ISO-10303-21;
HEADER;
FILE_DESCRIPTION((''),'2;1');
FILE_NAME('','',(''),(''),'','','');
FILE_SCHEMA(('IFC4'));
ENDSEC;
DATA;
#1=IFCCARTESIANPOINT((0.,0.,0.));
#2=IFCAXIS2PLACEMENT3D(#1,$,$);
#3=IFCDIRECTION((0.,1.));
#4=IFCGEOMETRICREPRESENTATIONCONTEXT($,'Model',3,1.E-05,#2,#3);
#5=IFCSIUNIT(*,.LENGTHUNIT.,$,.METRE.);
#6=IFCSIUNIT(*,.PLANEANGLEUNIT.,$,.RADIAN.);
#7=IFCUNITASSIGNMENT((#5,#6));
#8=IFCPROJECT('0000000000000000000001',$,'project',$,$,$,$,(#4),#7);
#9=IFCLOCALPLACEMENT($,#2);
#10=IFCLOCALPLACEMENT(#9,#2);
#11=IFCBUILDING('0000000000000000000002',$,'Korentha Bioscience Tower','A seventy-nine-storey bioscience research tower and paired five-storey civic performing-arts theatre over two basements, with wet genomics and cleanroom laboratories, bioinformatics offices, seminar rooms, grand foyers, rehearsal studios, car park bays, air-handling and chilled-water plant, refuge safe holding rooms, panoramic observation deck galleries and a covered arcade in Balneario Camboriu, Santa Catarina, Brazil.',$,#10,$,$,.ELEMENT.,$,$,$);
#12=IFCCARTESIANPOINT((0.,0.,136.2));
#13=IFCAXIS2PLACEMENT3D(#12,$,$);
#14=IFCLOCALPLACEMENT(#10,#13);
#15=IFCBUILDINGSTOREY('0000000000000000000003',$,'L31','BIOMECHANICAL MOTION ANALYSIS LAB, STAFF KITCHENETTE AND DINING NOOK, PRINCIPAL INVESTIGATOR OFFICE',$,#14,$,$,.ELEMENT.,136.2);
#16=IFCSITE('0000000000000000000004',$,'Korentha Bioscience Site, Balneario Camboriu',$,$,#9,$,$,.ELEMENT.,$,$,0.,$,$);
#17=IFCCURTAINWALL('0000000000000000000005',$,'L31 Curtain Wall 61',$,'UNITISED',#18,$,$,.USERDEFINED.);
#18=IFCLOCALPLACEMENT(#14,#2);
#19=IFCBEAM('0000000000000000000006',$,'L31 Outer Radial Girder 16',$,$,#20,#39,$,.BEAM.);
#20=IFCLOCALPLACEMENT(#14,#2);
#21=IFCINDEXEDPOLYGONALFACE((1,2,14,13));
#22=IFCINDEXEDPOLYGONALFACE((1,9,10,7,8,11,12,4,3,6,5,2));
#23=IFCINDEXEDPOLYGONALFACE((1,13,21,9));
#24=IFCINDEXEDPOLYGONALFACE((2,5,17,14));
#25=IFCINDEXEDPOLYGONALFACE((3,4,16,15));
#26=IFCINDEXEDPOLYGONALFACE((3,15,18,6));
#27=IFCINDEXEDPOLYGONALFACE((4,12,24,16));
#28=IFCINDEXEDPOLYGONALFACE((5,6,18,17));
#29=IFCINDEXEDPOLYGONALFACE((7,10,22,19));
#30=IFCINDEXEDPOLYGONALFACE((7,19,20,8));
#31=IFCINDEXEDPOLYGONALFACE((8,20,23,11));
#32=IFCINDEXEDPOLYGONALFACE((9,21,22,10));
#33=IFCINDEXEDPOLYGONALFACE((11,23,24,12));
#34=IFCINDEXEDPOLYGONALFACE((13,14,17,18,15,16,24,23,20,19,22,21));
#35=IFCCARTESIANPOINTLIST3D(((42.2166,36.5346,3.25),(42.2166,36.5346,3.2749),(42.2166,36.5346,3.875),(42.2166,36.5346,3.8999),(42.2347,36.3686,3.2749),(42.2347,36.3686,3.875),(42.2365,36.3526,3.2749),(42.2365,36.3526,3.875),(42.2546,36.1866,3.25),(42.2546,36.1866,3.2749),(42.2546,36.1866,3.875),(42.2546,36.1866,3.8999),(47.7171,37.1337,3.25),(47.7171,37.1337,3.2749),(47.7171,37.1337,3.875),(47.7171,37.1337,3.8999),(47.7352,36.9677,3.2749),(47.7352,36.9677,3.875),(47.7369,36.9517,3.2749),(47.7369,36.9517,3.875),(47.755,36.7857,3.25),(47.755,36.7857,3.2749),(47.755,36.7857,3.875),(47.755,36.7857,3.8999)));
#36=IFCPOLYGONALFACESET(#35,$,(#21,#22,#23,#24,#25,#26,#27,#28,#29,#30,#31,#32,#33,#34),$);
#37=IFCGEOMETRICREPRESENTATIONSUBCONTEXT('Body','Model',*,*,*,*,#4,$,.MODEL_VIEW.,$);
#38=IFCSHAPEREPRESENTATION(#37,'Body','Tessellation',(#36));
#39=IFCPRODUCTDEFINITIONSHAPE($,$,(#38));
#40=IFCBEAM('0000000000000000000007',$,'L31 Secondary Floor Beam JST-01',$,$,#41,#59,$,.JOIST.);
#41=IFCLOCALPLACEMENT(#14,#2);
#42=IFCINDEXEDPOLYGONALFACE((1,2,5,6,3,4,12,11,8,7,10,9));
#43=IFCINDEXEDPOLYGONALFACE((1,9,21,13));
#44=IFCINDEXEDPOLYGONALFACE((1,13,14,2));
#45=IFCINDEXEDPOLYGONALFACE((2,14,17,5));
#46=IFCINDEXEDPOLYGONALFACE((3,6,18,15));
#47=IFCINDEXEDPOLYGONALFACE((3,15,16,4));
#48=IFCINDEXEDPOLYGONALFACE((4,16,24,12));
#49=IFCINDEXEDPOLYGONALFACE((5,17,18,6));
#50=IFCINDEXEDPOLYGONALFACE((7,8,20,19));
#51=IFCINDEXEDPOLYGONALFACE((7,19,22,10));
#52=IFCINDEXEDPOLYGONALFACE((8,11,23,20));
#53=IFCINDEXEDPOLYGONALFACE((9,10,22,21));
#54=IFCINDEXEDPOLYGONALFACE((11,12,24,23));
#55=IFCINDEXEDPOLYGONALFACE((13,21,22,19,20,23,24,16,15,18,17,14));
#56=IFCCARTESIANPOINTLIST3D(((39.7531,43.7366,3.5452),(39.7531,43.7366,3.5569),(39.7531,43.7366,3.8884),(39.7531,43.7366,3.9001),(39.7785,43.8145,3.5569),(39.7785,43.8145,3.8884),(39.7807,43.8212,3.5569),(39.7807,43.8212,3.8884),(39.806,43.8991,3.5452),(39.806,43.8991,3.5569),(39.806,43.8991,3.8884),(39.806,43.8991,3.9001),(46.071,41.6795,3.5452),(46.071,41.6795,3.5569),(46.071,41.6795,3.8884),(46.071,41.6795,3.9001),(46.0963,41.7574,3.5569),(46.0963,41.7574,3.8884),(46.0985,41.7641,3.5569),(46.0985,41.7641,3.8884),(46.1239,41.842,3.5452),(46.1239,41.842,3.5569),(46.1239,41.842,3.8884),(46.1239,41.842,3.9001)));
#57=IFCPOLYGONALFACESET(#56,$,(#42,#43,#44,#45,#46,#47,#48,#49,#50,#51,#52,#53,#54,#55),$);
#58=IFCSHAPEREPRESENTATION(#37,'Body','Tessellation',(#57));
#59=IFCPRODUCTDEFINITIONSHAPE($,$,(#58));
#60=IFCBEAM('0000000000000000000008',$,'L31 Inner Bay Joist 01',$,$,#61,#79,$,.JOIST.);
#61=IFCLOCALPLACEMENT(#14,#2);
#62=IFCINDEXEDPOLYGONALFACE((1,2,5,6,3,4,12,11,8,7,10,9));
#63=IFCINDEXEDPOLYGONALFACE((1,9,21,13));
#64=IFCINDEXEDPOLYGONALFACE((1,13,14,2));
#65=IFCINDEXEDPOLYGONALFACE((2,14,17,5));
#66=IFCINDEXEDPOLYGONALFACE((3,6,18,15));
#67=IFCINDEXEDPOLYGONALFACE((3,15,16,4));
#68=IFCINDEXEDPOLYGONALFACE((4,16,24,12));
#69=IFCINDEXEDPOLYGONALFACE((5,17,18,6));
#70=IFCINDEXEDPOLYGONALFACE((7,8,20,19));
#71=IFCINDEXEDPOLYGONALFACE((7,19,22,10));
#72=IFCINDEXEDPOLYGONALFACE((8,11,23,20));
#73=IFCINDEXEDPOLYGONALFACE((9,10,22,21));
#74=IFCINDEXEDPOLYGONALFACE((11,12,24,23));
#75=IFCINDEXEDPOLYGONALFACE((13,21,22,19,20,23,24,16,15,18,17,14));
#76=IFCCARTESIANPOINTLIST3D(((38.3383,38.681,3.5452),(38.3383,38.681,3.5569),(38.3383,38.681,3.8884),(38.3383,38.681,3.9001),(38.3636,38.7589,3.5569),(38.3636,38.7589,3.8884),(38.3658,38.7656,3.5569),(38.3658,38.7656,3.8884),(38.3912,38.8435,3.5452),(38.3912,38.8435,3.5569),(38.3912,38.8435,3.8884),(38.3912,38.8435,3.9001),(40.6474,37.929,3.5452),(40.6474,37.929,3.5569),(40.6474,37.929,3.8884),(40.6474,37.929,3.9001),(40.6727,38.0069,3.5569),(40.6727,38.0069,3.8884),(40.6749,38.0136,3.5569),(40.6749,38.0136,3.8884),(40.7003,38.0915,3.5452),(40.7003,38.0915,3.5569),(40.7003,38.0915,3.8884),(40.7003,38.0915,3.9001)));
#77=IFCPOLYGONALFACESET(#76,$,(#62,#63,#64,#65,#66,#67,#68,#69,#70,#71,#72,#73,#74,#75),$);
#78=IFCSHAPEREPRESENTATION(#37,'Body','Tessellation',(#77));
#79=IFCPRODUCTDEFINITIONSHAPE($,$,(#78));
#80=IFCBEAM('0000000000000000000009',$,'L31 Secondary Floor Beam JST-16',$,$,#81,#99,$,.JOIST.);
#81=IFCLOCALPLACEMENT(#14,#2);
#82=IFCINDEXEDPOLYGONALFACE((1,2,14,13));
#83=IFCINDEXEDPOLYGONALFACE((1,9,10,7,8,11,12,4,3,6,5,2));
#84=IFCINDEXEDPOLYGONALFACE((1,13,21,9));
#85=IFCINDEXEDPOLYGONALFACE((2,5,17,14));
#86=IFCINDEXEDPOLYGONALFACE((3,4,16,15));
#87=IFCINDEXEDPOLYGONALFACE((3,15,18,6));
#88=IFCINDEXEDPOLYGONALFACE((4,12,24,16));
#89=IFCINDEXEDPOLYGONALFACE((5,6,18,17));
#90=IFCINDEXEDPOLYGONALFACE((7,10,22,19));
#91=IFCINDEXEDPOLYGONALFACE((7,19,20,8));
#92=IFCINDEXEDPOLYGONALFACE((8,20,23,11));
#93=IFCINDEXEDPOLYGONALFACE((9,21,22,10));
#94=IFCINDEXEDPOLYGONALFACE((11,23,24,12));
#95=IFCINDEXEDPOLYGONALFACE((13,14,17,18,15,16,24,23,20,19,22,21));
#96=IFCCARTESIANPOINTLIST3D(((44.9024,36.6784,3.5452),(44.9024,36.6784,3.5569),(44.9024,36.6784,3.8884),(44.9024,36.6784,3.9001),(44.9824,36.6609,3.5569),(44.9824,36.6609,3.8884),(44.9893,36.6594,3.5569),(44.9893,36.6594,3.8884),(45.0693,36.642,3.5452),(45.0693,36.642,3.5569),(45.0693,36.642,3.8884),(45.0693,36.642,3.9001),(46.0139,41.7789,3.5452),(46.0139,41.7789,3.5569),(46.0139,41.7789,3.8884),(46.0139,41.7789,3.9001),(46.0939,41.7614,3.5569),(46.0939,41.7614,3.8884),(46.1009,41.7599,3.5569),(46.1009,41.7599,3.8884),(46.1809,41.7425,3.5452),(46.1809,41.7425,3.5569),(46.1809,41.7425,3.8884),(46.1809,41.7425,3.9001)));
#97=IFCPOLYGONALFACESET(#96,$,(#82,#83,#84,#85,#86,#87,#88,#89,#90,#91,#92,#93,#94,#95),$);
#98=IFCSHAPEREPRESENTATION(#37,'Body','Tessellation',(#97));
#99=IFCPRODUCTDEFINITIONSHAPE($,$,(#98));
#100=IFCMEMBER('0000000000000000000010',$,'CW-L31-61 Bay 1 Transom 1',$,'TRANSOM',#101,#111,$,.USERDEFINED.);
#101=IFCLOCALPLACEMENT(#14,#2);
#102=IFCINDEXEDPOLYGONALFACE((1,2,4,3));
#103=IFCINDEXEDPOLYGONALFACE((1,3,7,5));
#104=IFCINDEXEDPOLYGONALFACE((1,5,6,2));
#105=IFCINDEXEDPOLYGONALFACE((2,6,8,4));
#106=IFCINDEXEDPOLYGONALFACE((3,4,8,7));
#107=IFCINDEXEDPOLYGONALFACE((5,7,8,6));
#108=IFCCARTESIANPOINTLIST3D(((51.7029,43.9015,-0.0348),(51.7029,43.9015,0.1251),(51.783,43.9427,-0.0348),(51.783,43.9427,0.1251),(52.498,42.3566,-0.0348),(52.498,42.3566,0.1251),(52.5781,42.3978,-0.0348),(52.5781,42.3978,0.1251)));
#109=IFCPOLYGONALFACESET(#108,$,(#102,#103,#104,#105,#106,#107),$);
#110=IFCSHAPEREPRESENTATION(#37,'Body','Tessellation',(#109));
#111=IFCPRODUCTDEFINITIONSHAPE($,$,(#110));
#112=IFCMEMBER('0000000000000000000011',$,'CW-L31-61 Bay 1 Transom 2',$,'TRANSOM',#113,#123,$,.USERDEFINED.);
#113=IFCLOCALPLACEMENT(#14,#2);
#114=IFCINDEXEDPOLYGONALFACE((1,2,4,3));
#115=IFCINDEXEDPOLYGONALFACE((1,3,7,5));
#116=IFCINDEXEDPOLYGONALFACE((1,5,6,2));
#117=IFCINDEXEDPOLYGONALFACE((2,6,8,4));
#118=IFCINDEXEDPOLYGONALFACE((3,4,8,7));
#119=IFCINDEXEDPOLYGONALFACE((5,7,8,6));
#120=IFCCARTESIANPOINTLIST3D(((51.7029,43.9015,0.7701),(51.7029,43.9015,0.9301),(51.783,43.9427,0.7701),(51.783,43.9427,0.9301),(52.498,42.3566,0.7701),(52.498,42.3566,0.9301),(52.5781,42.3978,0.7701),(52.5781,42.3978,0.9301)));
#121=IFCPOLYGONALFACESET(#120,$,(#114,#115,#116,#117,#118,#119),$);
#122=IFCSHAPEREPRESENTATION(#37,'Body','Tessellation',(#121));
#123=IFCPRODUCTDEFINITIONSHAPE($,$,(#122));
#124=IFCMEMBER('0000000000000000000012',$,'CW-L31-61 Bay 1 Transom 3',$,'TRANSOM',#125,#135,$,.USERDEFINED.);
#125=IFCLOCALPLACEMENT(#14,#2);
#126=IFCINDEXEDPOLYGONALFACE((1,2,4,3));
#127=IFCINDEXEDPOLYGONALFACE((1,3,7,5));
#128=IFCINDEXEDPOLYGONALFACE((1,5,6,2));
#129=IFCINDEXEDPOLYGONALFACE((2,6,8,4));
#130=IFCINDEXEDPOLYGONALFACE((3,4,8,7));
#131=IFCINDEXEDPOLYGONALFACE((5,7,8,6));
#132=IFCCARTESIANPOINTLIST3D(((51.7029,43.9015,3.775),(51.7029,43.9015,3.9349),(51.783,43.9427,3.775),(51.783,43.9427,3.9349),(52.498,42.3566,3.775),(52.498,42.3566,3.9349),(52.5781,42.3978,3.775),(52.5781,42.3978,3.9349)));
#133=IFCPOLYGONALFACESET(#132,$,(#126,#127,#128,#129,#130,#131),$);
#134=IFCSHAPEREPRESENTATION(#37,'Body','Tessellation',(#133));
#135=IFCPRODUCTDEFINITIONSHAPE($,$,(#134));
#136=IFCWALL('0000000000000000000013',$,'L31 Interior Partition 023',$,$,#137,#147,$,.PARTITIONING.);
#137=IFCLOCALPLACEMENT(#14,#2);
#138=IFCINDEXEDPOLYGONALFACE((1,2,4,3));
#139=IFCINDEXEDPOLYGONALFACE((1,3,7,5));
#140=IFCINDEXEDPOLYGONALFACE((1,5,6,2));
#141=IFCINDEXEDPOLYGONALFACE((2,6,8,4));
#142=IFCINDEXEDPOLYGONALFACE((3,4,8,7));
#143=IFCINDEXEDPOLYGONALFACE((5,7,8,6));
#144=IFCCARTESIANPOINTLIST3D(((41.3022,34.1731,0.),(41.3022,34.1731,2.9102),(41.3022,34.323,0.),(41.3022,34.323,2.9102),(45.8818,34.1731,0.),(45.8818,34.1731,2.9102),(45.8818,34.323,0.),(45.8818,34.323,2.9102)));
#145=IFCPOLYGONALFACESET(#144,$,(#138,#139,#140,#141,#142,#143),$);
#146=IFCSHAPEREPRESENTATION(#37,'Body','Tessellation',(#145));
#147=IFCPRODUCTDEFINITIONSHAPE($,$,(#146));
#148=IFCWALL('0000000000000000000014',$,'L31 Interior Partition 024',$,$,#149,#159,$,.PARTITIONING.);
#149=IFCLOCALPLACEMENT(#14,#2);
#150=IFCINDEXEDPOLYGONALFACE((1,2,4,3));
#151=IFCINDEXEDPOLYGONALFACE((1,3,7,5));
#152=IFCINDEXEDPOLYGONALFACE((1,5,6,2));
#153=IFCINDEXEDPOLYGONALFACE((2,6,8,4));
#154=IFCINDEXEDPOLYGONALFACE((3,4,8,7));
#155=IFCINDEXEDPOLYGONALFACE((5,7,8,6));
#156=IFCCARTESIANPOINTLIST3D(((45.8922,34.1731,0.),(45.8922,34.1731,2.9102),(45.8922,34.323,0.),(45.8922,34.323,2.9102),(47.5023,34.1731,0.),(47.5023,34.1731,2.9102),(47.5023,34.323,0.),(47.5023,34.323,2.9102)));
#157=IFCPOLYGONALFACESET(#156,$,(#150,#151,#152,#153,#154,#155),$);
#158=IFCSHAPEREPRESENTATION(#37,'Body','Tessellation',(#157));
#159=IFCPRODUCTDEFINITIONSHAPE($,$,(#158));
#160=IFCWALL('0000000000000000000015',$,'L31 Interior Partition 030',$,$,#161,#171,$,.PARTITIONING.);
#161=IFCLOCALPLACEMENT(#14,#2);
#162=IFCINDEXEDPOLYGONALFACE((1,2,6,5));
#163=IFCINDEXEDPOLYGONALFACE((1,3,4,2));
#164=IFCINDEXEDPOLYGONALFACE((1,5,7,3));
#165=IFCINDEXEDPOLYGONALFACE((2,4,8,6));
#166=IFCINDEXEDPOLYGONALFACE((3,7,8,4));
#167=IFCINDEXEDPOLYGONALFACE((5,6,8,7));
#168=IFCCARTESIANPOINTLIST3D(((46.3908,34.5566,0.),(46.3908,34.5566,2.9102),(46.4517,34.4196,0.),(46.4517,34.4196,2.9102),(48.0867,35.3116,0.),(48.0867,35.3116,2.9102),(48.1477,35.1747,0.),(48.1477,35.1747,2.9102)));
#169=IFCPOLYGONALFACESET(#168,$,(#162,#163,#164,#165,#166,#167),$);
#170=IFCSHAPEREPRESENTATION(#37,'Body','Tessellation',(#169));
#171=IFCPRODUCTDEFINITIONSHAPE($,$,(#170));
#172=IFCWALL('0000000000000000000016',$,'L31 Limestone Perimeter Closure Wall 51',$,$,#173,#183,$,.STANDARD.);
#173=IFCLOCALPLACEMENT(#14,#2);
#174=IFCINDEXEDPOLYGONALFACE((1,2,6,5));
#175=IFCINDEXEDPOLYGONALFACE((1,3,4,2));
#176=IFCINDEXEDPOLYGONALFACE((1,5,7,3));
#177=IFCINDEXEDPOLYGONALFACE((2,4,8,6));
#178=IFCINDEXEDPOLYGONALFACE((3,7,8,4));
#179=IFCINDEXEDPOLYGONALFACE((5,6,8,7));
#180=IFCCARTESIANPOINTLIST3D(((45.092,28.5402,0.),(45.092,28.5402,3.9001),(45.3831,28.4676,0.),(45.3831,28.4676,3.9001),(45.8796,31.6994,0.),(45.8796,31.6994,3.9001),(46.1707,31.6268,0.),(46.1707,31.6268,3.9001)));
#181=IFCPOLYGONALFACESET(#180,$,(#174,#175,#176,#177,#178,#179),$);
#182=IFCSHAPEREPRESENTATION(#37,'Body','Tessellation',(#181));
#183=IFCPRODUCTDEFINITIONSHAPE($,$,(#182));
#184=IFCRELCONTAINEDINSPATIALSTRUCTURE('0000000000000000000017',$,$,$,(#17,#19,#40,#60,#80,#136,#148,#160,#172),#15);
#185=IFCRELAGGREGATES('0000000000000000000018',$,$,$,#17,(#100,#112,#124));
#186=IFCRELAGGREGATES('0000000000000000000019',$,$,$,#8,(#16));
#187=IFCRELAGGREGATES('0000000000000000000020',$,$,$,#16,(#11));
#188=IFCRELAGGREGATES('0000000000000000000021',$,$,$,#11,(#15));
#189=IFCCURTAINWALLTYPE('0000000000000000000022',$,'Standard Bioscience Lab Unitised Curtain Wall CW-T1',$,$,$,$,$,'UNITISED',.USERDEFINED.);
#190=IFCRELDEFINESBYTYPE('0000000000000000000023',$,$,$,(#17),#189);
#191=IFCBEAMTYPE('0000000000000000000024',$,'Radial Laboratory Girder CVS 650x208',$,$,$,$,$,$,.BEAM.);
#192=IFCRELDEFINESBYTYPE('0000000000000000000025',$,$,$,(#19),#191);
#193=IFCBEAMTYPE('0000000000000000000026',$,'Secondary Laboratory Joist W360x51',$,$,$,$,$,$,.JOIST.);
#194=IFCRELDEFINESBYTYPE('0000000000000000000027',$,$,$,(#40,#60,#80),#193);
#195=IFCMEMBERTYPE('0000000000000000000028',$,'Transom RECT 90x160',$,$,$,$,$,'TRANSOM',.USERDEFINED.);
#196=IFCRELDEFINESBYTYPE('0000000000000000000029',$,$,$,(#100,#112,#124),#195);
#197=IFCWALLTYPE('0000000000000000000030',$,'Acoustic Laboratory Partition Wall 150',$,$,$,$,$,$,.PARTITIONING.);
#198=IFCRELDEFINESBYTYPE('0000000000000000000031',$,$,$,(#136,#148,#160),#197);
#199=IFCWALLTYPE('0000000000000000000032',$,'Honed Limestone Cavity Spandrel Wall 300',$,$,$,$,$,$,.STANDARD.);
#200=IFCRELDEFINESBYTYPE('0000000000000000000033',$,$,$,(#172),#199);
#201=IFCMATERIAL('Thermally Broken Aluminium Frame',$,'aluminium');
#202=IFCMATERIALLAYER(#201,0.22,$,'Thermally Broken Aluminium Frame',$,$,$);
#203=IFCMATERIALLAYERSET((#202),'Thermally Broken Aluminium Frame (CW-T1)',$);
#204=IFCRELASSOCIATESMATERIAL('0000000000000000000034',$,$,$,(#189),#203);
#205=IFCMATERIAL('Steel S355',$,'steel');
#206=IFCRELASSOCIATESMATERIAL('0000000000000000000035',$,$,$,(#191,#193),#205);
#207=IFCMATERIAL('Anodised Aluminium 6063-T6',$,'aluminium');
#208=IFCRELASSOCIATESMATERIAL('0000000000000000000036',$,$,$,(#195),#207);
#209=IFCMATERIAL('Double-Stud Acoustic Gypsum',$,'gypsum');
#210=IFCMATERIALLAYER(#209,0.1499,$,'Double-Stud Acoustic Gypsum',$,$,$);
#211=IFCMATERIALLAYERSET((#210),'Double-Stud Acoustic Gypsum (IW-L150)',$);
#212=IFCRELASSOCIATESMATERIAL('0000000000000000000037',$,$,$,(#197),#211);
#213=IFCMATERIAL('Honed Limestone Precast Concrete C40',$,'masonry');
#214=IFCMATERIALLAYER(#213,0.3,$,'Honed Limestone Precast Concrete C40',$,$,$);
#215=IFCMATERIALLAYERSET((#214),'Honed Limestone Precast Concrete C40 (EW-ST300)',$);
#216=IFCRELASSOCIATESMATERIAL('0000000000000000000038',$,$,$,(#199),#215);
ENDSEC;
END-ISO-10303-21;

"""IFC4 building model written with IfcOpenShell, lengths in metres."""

from ifc_helpers import new_model, si_unit, direction, frame, frame_2d, origin, origin_2d, place, context, subcontext, project, spatial, rectangle, i_section, extrude, material, layer, layer_set, material_profile, profile_set, type_object, element, aggregate, save


model = new_model("IFC4")

# Units and contexts
model_context = context("Model", 3, precision=1e-05, world=origin(), true_north=direction((0.0, 1.0)))
body_context = subcontext(model_context, "Body", "Model", "MODEL_VIEW")
ifc_project = project(units=[si_unit("LENGTHUNIT", "METRE"), si_unit("PLANEANGLEUNIT", "RADIAN")], contexts=[model_context])

# Site, building, storey
site_placement = place(None, origin())
site = spatial("IfcSite", under=ifc_project, at=site_placement, Name="Korentha Bioscience Site, Balneario Camboriu", CompositionType="ELEMENT", RefElevation=0.0)
building_placement = place(site_placement, origin())
building = spatial("IfcBuilding", under=site, at=building_placement, Name="Korentha Bioscience Tower", Description="A seventy-nine-storey bioscience research tower and paired five-storey civic performing-arts theatre over two basements, with wet genomics and cleanroom laboratories, bioinformatics offices, seminar rooms, grand foyers, rehearsal studios, car park bays, air-handling and chilled-water plant, refuge safe holding rooms, panoramic observation deck galleries and a covered arcade in Balneario Camboriu, Santa Catarina, Brazil.", CompositionType="ELEMENT")
storey_placement = place(building_placement, frame((0.0, 0.0, 136.2)))
storey = spatial("IfcBuildingStorey", under=building, at=storey_placement, Name="L31", Description="BIOMECHANICAL MOTION ANALYSIS LAB, STAFF KITCHENETTE AND DINING NOOK, PRINCIPAL INVESTIGATOR OFFICE", CompositionType="ELEMENT", Elevation=136.2)

# Shared definitions
ifc_material_1 = material(Name="Steel S355", Category="steel")

# Curtain wall
ifc_material_2 = material(Name="Thermally Broken Aluminium Frame", Category="aluminium")
ifc_layer_1 = layer(ifc_material_2, 0.22, Name="Thermally Broken Aluminium Frame")
ifc_layer_set_1 = layer_set([ifc_layer_1], Name="Thermally Broken Aluminium Frame (CW-T1)")
curtain_wall_type = type_object("IfcCurtainWallType", Name="Standard Bioscience Lab Unitised Curtain Wall CW-T1", ElementType="UNITISED", PredefinedType="USERDEFINED", material=ifc_layer_set_1)
curtain_wall_placement = place(storey_placement, origin())
curtain_wall = element("IfcCurtainWall", 1, at=curtain_wall_placement, inside=storey, type_object=curtain_wall_type, Name="L31 Curtain Wall 61", ObjectType="UNITISED", PredefinedType="USERDEFINED")
ifc_material_3 = material(Name="Anodised Aluminium 6063-T6", Category="aluminium")

# Beams
ifc_material_profile_1 = material_profile(ifc_material_1, i_section(OverallWidth=0.3501, OverallDepth=0.6499, WebThickness=0.0161, FlangeThickness=0.0249, at=origin_2d()), Name="Steel S355")
ifc_profile_set_1 = profile_set([ifc_material_profile_1], Name="Steel S355 (RB-650)")
beam_type_1 = type_object("IfcBeamType", Name="Radial Laboratory Girder CVS 650x208", PredefinedType="BEAM", material=ifc_profile_set_1)
beam_1_placement = place(storey_placement, frame((42.2356, 36.3606, 3.575), z_axis=(0.99412, 0.108281, 0.0), x_axis=(-0.108281, 0.99412, 0.0)))
element("IfcBeam", 2, at=beam_1_placement, inside=storey, type_object=beam_type_1, Name="L31 Outer Radial Girder 16", PredefinedType="BEAM", context=body_context, shape_type="SweptSolid", body=[
    extrude(i_section(OverallWidth=0.3501, OverallDepth=0.6499, WebThickness=0.0161, FlangeThickness=0.0249, at=origin_2d()), origin(), (0.0, 0.0, 1.0), 5.533),
])
ifc_material_profile_2 = material_profile(ifc_material_1, i_section(OverallWidth=0.1709, OverallDepth=0.355, WebThickness=0.0071, FlangeThickness=0.0117, at=origin_2d()), Name="Steel S355")
ifc_profile_set_2 = profile_set([ifc_material_profile_2], Name="Steel S355 (JB-360)")
beam_type_2 = type_object("IfcBeamType", Name="Secondary Laboratory Joist W360x51", PredefinedType="JOIST", material=ifc_profile_set_2)
beam_2_placement = place(storey_placement, frame((46.0974, 41.7607, 3.7227), z_axis=(-0.950865, 0.309606, 0.0), x_axis=(-0.309606, -0.950865, 0.0)))
element("IfcBeam", 3, at=beam_2_placement, inside=storey, type_object=beam_type_2, Name="L31 Secondary Floor Beam JST-01", PredefinedType="JOIST", context=body_context, shape_type="SweptSolid", body=[
    extrude(i_section(OverallWidth=0.1709, OverallDepth=0.355, WebThickness=0.0071, FlangeThickness=0.0117, at=origin_2d()), origin(), (0.0, 0.0, 1.0), 6.6443),
])
beam_3_placement = place(storey_placement, frame((40.6738, 38.0103, 3.7227), z_axis=(-0.950852, 0.309645, 0.0), x_axis=(-0.309645, -0.950852, 0.0)))
element("IfcBeam", 4, at=beam_3_placement, inside=storey, type_object=beam_type_2, Name="L31 Inner Bay Joist 01", PredefinedType="JOIST", context=body_context, shape_type="SweptSolid", body=[
    extrude(i_section(OverallWidth=0.1709, OverallDepth=0.355, WebThickness=0.0071, FlangeThickness=0.0117, at=origin_2d()), origin(), (0.0, 0.0, 1.0), 2.4285),
])
beam_4_placement = place(storey_placement, frame((44.9858, 36.6602, 3.7227), z_axis=(0.212932, 0.977067, 0.0), x_axis=(-0.977067, 0.212932, 0.0)))
element("IfcBeam", 5, at=beam_4_placement, inside=storey, type_object=beam_type_2, Name="L31 Secondary Floor Beam JST-16", PredefinedType="JOIST", context=body_context, shape_type="SweptSolid", body=[
    extrude(i_section(OverallWidth=0.1709, OverallDepth=0.355, WebThickness=0.0071, FlangeThickness=0.0117, at=origin_2d()), origin(), (0.0, 0.0, 1.0), 5.2202),
])

# Members
ifc_material_profile_3 = material_profile(ifc_material_3, rectangle(XDim=0.0901, YDim=0.1599, at=origin_2d()), Name="Anodised Aluminium 6063-T6")
ifc_profile_set_3 = profile_set([ifc_material_profile_3], Name="Anodised Aluminium 6063-T6 (CW-TRN)")
member_type_1 = type_object("IfcMemberType", Name="Transom RECT 90x160", ElementType="TRANSOM", PredefinedType="USERDEFINED", material=ifc_profile_set_3)
member_1_placement = place(storey_placement, frame((52.5381, 42.3772, 0.0452), z_axis=(-0.457637, 0.889139, 0.0), x_axis=(-0.889139, -0.457637, 0.0)))
member_1 = element("IfcMember", 6, at=member_1_placement, type_object=member_type_1, Name="CW-L31-61 Bay 1 Transom 1", ObjectType="TRANSOM", PredefinedType="USERDEFINED", context=body_context, shape_type="SweptSolid", body=[
    extrude(rectangle(XDim=0.0901, YDim=0.1599, at=origin_2d()), origin(), (0.0, 0.0, 1.0), 1.7375),
])
member_2_placement = place(storey_placement, frame((52.5381, 42.3772, 0.8501), z_axis=(-0.457637, 0.889139, 0.0), x_axis=(-0.889139, -0.457637, 0.0)))
member_2 = element("IfcMember", 7, at=member_2_placement, type_object=member_type_1, Name="CW-L31-61 Bay 1 Transom 2", ObjectType="TRANSOM", PredefinedType="USERDEFINED", context=body_context, shape_type="SweptSolid", body=[
    extrude(rectangle(XDim=0.0901, YDim=0.1599, at=origin_2d()), origin(), (0.0, 0.0, 1.0), 1.7375),
])
member_3_placement = place(storey_placement, frame((52.5381, 42.3772, 3.855), z_axis=(-0.457637, 0.889139, 0.0), x_axis=(-0.889139, -0.457637, 0.0)))
member_3 = element("IfcMember", 8, at=member_3_placement, type_object=member_type_1, Name="CW-L31-61 Bay 1 Transom 3", ObjectType="TRANSOM", PredefinedType="USERDEFINED", context=body_context, shape_type="SweptSolid", body=[
    extrude(rectangle(XDim=0.0901, YDim=0.1599, at=origin_2d()), origin(), (0.0, 0.0, 1.0), 1.7375),
])
aggregate(curtain_wall, [member_1, member_2, member_3])

# Walls
ifc_material_4 = material(Name="Double-Stud Acoustic Gypsum", Category="gypsum")
ifc_layer_2 = layer(ifc_material_4, 0.1499, Name="Double-Stud Acoustic Gypsum")
ifc_layer_set_2 = layer_set([ifc_layer_2], Name="Double-Stud Acoustic Gypsum (IW-L150)")
wall_type_1 = type_object("IfcWallType", Name="Acoustic Laboratory Partition Wall 150", PredefinedType="PARTITIONING", material=ifc_layer_set_2)
wall_1_placement = place(storey_placement, frame((41.3022, 34.248, 0.0), z_axis=(0.0, 0.0, 1.0), x_axis=(1.0, 0.0, 0.0)))
element("IfcWall", 9, at=wall_1_placement, inside=storey, type_object=wall_type_1, Name="L31 Interior Partition 023", PredefinedType="PARTITIONING", context=body_context, shape_type="SweptSolid", body=[
    extrude(rectangle(XDim=4.5796, YDim=0.1499, at=frame_2d((2.2898, 0.0))), origin(), (0.0, 0.0, 1.0), 2.9102),
])
wall_2_placement = place(storey_placement, frame((45.8921, 34.248, 0.0), z_axis=(0.0, 0.0, 1.0), x_axis=(1.0, 0.0, 0.0)))
element("IfcWall", 10, at=wall_2_placement, inside=storey, type_object=wall_type_1, Name="L31 Interior Partition 024", PredefinedType="PARTITIONING", context=body_context, shape_type="SweptSolid", body=[
    extrude(rectangle(XDim=1.6101, YDim=0.1499, at=frame_2d((0.8052, 0.0))), origin(), (0.0, 0.0, 1.0), 2.9102),
])
wall_3_placement = place(storey_placement, frame((48.1172, 35.2432, 0.0), z_axis=(0.0, 0.0, 1.0), x_axis=(-0.913546, -0.406736, 0.0)))
element("IfcWall", 11, at=wall_3_placement, inside=storey, type_object=wall_type_1, Name="L31 Interior Partition 030", PredefinedType="PARTITIONING", context=body_context, shape_type="SweptSolid", body=[
    extrude(rectangle(XDim=1.8564, YDim=0.1499, at=frame_2d((0.9282, 0.0))), origin(), (0.0, 0.0, 1.0), 2.9102),
])
ifc_material_5 = material(Name="Honed Limestone Precast Concrete C40", Category="masonry")
ifc_layer_3 = layer(ifc_material_5, 0.3, Name="Honed Limestone Precast Concrete C40")
ifc_layer_set_3 = layer_set([ifc_layer_3], Name="Honed Limestone Precast Concrete C40 (EW-ST300)")
wall_type_2 = type_object("IfcWallType", Name="Honed Limestone Cavity Spandrel Wall 300", PredefinedType="STANDARD", material=ifc_layer_set_3)
wall_4_placement = place(storey_placement, frame((45.2375, 28.5039, 0.0), z_axis=(0.0, 0.0, 1.0), x_axis=(0.2419, 0.970301, 0.0)))
element("IfcWall", 12, at=wall_4_placement, inside=storey, type_object=wall_type_2, Name="L31 Limestone Perimeter Closure Wall 51", PredefinedType="STANDARD", context=body_context, shape_type="SweptSolid", body=[
    extrude(rectangle(XDim=3.2559, YDim=0.3, at=frame_2d((1.6279, 0.0))), origin(), (0.0, 0.0, 1.0), 3.9001),
])

save(model, "model.ifc")
